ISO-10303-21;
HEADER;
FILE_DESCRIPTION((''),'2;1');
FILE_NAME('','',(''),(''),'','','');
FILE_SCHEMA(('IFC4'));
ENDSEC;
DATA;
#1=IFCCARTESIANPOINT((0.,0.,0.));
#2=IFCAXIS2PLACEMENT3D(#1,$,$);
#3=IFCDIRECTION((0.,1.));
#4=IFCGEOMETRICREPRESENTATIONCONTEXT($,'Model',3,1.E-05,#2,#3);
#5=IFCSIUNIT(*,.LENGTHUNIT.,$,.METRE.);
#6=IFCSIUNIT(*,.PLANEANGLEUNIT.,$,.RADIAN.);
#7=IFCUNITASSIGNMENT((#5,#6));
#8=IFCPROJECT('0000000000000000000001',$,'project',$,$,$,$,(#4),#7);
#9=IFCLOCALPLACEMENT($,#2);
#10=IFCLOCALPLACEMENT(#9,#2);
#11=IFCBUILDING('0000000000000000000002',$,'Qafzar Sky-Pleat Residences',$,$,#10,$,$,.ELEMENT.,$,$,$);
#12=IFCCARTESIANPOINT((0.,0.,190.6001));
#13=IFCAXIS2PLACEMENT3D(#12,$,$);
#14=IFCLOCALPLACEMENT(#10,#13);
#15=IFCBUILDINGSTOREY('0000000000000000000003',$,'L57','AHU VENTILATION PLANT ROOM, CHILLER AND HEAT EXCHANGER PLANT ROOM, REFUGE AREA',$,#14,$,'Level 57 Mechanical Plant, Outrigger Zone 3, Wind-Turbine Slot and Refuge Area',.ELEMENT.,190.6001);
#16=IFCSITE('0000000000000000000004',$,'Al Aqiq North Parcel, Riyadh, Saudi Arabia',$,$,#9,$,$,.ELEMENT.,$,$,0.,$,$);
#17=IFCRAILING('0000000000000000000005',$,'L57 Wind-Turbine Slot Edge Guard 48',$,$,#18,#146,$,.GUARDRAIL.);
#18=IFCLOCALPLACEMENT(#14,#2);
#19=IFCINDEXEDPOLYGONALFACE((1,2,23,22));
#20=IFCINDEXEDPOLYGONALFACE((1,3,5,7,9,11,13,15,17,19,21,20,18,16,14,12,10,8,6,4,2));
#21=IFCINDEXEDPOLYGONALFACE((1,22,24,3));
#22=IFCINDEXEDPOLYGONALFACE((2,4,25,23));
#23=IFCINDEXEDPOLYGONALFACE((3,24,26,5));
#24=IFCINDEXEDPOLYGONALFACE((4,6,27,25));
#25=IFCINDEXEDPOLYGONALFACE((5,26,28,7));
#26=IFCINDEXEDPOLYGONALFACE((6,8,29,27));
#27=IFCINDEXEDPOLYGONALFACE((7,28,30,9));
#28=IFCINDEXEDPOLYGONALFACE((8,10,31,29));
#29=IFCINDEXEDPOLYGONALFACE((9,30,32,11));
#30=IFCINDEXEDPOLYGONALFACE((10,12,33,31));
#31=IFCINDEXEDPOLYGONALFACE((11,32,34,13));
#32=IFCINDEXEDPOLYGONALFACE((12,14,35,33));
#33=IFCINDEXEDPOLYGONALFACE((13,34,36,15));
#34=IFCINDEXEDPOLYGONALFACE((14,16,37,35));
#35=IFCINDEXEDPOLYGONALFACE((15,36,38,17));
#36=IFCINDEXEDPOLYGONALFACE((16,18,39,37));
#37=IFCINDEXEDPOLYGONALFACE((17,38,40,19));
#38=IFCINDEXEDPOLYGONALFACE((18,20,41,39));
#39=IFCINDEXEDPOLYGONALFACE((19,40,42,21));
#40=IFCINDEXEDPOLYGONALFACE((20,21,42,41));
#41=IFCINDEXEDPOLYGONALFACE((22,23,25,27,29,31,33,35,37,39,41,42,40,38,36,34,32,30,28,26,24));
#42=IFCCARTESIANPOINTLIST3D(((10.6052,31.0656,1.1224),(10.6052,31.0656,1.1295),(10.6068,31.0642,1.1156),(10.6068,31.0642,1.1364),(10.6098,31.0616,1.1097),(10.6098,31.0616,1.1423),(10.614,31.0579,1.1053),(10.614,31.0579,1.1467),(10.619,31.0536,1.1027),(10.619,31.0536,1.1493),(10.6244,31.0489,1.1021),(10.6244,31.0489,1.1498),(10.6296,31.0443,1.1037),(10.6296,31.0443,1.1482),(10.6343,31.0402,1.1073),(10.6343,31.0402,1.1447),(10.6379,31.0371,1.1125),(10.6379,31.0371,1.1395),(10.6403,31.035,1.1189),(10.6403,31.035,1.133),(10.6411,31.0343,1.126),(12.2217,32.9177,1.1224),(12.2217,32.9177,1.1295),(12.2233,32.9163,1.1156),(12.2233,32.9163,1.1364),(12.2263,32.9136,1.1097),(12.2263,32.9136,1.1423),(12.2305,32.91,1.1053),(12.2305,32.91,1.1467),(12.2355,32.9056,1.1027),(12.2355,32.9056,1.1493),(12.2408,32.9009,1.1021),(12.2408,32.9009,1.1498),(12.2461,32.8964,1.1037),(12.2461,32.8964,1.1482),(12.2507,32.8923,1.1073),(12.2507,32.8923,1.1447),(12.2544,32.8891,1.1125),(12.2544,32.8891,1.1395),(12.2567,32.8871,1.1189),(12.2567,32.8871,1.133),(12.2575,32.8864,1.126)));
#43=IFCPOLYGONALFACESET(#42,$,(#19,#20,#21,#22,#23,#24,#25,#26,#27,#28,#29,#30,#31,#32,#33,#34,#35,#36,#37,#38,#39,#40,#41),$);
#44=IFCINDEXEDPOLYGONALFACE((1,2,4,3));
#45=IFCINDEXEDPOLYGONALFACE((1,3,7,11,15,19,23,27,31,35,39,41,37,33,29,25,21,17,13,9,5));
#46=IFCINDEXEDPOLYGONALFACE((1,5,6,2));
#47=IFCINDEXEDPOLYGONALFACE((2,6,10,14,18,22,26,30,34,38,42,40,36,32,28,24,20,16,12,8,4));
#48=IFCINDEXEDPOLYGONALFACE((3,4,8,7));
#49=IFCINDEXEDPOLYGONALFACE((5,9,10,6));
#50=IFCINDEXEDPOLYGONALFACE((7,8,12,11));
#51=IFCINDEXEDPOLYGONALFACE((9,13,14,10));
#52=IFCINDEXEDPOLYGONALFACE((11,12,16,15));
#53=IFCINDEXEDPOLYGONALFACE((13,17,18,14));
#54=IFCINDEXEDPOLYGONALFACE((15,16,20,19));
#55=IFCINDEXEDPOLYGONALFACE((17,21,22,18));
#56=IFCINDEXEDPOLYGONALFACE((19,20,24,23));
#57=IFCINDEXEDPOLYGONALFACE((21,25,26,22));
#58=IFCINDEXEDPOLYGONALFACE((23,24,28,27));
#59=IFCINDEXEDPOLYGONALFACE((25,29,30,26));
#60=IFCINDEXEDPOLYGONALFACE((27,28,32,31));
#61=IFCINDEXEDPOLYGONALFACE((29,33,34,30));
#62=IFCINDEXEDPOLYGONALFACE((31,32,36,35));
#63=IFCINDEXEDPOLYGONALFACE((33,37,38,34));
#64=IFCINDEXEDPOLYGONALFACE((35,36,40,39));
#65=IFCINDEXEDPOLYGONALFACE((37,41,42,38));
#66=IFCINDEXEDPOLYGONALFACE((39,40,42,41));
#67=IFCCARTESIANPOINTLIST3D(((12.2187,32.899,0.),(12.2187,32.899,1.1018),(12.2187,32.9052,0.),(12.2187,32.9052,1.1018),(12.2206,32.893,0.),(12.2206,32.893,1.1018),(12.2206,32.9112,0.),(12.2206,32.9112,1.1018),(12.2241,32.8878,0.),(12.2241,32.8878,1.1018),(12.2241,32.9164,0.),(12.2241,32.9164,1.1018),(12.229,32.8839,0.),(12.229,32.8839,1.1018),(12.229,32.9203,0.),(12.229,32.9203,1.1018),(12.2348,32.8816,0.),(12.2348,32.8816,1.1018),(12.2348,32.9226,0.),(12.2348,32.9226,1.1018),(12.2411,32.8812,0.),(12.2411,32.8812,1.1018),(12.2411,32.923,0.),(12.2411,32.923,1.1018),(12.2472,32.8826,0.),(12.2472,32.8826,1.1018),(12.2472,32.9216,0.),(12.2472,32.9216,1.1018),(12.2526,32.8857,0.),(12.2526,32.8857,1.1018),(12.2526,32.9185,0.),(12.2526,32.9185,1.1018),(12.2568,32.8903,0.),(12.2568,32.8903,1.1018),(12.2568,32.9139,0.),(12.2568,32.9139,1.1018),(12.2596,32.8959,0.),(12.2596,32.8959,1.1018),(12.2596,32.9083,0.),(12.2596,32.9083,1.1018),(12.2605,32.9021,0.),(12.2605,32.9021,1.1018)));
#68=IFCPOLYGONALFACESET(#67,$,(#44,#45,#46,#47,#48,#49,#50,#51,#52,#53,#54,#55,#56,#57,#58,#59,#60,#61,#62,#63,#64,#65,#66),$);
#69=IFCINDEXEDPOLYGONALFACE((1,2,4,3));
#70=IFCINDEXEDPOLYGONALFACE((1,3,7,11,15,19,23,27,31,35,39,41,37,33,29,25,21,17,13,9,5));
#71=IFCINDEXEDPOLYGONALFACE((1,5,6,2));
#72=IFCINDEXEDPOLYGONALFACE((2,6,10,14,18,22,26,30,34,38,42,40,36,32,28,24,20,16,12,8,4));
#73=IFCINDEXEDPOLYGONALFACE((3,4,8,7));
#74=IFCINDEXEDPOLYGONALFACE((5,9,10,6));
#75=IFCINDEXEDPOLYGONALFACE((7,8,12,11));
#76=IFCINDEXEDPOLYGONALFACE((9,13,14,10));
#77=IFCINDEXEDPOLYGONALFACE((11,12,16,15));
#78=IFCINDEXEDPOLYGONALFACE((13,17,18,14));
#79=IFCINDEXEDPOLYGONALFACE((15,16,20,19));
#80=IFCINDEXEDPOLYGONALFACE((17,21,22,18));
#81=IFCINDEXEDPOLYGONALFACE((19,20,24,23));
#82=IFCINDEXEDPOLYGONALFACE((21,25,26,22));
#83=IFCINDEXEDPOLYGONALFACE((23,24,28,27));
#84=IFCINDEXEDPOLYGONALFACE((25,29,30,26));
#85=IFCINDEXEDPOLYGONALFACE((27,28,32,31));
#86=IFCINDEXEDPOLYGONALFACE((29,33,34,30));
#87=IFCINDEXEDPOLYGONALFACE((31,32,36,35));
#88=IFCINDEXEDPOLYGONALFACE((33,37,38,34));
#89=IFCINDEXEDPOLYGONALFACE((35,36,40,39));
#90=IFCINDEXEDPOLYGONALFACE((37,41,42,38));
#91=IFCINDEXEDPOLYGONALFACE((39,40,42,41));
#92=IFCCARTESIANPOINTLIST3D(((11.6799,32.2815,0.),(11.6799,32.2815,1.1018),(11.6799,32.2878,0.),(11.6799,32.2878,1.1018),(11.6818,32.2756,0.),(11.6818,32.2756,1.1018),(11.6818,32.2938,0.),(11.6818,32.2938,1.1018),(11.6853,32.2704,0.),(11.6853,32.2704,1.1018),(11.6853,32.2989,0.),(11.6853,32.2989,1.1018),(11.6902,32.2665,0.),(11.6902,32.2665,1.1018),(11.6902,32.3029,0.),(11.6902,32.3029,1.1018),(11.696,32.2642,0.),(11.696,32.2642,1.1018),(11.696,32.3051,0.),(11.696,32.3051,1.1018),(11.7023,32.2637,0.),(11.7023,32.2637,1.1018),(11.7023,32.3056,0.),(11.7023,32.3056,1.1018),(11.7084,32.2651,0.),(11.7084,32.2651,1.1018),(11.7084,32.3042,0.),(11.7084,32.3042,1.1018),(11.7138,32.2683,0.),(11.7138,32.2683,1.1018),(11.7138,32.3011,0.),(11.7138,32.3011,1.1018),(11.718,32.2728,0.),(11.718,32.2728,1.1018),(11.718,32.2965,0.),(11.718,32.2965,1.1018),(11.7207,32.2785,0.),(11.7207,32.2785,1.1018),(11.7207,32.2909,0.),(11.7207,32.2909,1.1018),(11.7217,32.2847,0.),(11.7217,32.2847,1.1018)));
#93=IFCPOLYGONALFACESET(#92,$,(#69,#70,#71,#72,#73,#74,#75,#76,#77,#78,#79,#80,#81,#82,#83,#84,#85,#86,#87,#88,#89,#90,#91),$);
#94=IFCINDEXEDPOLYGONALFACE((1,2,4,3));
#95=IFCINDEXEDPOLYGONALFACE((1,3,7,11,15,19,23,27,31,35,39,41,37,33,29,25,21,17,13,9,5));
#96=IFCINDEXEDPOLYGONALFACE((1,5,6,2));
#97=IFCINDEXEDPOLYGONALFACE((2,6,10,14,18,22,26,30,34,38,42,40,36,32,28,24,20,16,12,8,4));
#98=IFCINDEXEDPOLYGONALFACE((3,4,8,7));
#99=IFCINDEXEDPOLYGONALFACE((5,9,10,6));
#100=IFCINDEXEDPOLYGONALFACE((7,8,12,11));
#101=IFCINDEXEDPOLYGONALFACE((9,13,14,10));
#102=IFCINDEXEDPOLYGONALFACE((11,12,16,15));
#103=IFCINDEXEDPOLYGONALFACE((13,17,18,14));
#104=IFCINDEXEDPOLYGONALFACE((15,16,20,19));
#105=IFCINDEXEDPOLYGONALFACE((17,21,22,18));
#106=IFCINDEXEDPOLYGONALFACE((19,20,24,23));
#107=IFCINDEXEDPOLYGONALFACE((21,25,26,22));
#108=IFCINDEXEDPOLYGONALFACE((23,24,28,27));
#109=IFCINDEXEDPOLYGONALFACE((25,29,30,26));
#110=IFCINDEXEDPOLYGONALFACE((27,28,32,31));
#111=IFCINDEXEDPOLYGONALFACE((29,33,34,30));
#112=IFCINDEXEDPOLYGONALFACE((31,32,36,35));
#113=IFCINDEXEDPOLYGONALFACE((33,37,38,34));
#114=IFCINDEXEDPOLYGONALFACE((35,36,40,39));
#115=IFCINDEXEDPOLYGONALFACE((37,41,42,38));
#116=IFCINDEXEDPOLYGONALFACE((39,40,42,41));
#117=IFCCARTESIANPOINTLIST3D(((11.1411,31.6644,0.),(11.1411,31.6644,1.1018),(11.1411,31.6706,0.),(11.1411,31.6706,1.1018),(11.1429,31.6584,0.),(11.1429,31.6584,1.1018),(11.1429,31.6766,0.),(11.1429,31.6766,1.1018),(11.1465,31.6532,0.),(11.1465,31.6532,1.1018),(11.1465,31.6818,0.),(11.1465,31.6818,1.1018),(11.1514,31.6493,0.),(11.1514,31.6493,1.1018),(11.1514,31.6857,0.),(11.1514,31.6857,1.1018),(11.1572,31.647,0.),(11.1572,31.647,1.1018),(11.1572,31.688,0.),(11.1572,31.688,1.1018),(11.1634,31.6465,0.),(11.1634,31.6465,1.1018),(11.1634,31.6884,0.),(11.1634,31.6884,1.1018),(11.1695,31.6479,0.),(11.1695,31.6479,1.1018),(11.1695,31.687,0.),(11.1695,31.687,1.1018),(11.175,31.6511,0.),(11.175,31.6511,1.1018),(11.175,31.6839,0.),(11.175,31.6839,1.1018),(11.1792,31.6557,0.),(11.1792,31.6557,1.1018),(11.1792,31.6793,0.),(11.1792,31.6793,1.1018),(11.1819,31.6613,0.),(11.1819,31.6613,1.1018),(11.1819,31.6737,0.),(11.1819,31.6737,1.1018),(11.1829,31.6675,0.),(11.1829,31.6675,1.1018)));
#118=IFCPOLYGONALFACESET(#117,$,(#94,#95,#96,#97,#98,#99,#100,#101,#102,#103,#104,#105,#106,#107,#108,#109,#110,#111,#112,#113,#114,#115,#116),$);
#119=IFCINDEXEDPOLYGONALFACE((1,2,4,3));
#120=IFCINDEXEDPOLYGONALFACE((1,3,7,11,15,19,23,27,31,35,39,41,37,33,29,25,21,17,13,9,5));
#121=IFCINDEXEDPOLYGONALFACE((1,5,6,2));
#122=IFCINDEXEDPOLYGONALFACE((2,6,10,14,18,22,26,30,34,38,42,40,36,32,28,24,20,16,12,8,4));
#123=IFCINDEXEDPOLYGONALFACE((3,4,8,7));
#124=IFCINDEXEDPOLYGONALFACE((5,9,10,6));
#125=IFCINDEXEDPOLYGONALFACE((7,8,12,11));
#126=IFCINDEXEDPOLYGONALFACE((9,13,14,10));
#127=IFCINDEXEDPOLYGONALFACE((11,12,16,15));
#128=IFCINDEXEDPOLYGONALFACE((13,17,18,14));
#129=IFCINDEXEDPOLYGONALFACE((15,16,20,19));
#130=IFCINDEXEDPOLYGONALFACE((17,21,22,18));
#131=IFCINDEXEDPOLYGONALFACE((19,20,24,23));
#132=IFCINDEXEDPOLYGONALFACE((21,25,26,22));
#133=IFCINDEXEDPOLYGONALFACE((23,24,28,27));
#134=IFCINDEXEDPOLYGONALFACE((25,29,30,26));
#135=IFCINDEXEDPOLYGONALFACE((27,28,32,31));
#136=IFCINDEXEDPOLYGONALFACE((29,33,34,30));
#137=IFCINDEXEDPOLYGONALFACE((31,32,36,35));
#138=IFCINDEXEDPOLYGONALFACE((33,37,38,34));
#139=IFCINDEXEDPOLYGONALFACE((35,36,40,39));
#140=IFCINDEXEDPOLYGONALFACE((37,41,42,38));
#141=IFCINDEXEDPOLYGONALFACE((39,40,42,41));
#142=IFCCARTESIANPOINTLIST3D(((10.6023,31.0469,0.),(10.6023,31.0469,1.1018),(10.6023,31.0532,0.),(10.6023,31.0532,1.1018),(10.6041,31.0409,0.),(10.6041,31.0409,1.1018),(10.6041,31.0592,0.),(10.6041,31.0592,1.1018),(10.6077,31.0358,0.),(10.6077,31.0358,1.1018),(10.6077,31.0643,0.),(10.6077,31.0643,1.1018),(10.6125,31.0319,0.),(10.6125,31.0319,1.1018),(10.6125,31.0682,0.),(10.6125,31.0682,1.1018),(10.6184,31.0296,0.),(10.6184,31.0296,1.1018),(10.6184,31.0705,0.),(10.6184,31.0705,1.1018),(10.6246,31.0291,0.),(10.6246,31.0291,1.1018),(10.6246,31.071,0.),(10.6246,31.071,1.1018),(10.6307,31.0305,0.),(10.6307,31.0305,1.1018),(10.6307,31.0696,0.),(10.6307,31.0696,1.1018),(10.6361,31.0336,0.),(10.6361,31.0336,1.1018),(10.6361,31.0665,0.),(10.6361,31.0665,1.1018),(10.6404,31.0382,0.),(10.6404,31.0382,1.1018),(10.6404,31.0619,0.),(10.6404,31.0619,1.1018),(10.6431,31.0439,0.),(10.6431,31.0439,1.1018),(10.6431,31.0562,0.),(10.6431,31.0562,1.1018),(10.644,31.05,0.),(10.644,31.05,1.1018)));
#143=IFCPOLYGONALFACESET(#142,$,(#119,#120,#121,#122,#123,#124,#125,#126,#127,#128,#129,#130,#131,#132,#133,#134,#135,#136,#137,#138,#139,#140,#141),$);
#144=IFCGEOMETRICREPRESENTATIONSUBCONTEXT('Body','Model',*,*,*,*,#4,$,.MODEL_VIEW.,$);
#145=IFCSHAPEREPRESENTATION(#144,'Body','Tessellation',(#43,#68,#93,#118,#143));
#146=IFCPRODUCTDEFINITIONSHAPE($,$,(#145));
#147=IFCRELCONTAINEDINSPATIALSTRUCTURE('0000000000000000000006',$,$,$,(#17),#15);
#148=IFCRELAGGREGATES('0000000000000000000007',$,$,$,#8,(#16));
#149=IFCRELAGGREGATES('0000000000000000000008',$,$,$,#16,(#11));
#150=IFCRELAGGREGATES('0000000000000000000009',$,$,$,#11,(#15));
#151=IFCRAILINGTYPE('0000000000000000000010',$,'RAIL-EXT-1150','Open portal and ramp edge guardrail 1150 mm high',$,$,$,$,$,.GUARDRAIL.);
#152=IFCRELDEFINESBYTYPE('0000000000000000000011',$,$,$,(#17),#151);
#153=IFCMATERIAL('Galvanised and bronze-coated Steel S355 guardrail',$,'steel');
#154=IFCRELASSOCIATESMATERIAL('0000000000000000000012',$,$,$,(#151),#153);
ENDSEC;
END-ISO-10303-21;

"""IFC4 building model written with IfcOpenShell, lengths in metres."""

from ifc_helpers import new_model, si_unit, direction, frame, origin, origin_2d, place, context, subcontext, project, spatial, circle, extrude, source, transform, mapped, material, type_object, element, save


model = new_model("IFC4")

# Units and contexts
model_context = context("Model", 3, precision=1e-05, world=origin(), true_north=direction((0.0, 1.0)))
body_context = subcontext(model_context, "Body", "Model", "MODEL_VIEW")
ifc_project = project(units=[si_unit("LENGTHUNIT", "METRE"), si_unit("PLANEANGLEUNIT", "RADIAN")], contexts=[model_context])

# Site, building, storey
site_placement = place(None, origin())
site = spatial("IfcSite", under=ifc_project, at=site_placement, Name="Al Aqiq North Parcel, Riyadh, Saudi Arabia", CompositionType="ELEMENT", RefElevation=0.0)
building_placement = place(site_placement, origin())
building = spatial("IfcBuilding", under=site, at=building_placement, Name="Qafzar Sky-Pleat Residences", CompositionType="ELEMENT")
storey_placement = place(building_placement, frame((0.0, 0.0, 190.6001)))
storey = spatial("IfcBuildingStorey", under=building, at=storey_placement, Name="L57", Description="AHU VENTILATION PLANT ROOM, CHILLER AND HEAT EXCHANGER PLANT ROOM, REFUGE AREA", LongName="Level 57 Mechanical Plant, Outrigger Zone 3, Wind-Turbine Slot and Refuge Area", CompositionType="ELEMENT", Elevation=190.6001)

# Shared definitions
ifc_material_1 = material(Name="Galvanised and bronze-coated Steel S355 guardrail", Category="steel")
railing_type = type_object("IfcRailingType", Name="RAIL-EXT-1150", Description="Open portal and ramp edge guardrail 1150 mm high", PredefinedType="GUARDRAIL", material=ifc_material_1)

# Railing
shared_shape_1 = source(origin(), body_context, "Body", "SweptSolid", [
    extrude(circle(Radius=0.0239, at=origin_2d()), frame((0.0, 0.0, 1.126), z_axis=(-0.657562, -0.753401, 0.0), x_axis=(0.753401, -0.657562, 0.0)), (0.0, 0.0, 1.0), 2.4583),
    extrude(circle(Radius=0.021, at=origin_2d()), origin(), (0.0, 0.0, 1.0), 1.1018),
    extrude(circle(Radius=0.021, at=origin_2d()), frame((-0.5388, -0.6174, 0.0)), (0.0, 0.0, 1.0), 1.1018),
    extrude(circle(Radius=0.021, at=origin_2d()), frame((-1.0776, -1.2346, 0.0)), (0.0, 0.0, 1.0), 1.1018),
    extrude(circle(Radius=0.021, at=origin_2d()), frame((-1.6165, -1.8521, 0.0)), (0.0, 0.0, 1.0), 1.1018),
])
railing_1_placement = place(storey_placement, frame((12.2395, 32.9021, 0.0)))
element("IfcRailing", 1, at=railing_1_placement, inside=storey, type_object=railing_type, Name="L57 Wind-Turbine Slot Edge Guard 48", PredefinedType="GUARDRAIL", context=body_context, shape_type="MappedRepresentation", body=[
    mapped(shared_shape_1, transform((0.0, 0.0, 0.0), x_axis=(1.0, 0.0, 0.0), y_axis=(0.0, 1.0, 0.0), z_axis=(0.0, 0.0, 1.0), scale=1.0)),
])

save(model, "model.ifc")
